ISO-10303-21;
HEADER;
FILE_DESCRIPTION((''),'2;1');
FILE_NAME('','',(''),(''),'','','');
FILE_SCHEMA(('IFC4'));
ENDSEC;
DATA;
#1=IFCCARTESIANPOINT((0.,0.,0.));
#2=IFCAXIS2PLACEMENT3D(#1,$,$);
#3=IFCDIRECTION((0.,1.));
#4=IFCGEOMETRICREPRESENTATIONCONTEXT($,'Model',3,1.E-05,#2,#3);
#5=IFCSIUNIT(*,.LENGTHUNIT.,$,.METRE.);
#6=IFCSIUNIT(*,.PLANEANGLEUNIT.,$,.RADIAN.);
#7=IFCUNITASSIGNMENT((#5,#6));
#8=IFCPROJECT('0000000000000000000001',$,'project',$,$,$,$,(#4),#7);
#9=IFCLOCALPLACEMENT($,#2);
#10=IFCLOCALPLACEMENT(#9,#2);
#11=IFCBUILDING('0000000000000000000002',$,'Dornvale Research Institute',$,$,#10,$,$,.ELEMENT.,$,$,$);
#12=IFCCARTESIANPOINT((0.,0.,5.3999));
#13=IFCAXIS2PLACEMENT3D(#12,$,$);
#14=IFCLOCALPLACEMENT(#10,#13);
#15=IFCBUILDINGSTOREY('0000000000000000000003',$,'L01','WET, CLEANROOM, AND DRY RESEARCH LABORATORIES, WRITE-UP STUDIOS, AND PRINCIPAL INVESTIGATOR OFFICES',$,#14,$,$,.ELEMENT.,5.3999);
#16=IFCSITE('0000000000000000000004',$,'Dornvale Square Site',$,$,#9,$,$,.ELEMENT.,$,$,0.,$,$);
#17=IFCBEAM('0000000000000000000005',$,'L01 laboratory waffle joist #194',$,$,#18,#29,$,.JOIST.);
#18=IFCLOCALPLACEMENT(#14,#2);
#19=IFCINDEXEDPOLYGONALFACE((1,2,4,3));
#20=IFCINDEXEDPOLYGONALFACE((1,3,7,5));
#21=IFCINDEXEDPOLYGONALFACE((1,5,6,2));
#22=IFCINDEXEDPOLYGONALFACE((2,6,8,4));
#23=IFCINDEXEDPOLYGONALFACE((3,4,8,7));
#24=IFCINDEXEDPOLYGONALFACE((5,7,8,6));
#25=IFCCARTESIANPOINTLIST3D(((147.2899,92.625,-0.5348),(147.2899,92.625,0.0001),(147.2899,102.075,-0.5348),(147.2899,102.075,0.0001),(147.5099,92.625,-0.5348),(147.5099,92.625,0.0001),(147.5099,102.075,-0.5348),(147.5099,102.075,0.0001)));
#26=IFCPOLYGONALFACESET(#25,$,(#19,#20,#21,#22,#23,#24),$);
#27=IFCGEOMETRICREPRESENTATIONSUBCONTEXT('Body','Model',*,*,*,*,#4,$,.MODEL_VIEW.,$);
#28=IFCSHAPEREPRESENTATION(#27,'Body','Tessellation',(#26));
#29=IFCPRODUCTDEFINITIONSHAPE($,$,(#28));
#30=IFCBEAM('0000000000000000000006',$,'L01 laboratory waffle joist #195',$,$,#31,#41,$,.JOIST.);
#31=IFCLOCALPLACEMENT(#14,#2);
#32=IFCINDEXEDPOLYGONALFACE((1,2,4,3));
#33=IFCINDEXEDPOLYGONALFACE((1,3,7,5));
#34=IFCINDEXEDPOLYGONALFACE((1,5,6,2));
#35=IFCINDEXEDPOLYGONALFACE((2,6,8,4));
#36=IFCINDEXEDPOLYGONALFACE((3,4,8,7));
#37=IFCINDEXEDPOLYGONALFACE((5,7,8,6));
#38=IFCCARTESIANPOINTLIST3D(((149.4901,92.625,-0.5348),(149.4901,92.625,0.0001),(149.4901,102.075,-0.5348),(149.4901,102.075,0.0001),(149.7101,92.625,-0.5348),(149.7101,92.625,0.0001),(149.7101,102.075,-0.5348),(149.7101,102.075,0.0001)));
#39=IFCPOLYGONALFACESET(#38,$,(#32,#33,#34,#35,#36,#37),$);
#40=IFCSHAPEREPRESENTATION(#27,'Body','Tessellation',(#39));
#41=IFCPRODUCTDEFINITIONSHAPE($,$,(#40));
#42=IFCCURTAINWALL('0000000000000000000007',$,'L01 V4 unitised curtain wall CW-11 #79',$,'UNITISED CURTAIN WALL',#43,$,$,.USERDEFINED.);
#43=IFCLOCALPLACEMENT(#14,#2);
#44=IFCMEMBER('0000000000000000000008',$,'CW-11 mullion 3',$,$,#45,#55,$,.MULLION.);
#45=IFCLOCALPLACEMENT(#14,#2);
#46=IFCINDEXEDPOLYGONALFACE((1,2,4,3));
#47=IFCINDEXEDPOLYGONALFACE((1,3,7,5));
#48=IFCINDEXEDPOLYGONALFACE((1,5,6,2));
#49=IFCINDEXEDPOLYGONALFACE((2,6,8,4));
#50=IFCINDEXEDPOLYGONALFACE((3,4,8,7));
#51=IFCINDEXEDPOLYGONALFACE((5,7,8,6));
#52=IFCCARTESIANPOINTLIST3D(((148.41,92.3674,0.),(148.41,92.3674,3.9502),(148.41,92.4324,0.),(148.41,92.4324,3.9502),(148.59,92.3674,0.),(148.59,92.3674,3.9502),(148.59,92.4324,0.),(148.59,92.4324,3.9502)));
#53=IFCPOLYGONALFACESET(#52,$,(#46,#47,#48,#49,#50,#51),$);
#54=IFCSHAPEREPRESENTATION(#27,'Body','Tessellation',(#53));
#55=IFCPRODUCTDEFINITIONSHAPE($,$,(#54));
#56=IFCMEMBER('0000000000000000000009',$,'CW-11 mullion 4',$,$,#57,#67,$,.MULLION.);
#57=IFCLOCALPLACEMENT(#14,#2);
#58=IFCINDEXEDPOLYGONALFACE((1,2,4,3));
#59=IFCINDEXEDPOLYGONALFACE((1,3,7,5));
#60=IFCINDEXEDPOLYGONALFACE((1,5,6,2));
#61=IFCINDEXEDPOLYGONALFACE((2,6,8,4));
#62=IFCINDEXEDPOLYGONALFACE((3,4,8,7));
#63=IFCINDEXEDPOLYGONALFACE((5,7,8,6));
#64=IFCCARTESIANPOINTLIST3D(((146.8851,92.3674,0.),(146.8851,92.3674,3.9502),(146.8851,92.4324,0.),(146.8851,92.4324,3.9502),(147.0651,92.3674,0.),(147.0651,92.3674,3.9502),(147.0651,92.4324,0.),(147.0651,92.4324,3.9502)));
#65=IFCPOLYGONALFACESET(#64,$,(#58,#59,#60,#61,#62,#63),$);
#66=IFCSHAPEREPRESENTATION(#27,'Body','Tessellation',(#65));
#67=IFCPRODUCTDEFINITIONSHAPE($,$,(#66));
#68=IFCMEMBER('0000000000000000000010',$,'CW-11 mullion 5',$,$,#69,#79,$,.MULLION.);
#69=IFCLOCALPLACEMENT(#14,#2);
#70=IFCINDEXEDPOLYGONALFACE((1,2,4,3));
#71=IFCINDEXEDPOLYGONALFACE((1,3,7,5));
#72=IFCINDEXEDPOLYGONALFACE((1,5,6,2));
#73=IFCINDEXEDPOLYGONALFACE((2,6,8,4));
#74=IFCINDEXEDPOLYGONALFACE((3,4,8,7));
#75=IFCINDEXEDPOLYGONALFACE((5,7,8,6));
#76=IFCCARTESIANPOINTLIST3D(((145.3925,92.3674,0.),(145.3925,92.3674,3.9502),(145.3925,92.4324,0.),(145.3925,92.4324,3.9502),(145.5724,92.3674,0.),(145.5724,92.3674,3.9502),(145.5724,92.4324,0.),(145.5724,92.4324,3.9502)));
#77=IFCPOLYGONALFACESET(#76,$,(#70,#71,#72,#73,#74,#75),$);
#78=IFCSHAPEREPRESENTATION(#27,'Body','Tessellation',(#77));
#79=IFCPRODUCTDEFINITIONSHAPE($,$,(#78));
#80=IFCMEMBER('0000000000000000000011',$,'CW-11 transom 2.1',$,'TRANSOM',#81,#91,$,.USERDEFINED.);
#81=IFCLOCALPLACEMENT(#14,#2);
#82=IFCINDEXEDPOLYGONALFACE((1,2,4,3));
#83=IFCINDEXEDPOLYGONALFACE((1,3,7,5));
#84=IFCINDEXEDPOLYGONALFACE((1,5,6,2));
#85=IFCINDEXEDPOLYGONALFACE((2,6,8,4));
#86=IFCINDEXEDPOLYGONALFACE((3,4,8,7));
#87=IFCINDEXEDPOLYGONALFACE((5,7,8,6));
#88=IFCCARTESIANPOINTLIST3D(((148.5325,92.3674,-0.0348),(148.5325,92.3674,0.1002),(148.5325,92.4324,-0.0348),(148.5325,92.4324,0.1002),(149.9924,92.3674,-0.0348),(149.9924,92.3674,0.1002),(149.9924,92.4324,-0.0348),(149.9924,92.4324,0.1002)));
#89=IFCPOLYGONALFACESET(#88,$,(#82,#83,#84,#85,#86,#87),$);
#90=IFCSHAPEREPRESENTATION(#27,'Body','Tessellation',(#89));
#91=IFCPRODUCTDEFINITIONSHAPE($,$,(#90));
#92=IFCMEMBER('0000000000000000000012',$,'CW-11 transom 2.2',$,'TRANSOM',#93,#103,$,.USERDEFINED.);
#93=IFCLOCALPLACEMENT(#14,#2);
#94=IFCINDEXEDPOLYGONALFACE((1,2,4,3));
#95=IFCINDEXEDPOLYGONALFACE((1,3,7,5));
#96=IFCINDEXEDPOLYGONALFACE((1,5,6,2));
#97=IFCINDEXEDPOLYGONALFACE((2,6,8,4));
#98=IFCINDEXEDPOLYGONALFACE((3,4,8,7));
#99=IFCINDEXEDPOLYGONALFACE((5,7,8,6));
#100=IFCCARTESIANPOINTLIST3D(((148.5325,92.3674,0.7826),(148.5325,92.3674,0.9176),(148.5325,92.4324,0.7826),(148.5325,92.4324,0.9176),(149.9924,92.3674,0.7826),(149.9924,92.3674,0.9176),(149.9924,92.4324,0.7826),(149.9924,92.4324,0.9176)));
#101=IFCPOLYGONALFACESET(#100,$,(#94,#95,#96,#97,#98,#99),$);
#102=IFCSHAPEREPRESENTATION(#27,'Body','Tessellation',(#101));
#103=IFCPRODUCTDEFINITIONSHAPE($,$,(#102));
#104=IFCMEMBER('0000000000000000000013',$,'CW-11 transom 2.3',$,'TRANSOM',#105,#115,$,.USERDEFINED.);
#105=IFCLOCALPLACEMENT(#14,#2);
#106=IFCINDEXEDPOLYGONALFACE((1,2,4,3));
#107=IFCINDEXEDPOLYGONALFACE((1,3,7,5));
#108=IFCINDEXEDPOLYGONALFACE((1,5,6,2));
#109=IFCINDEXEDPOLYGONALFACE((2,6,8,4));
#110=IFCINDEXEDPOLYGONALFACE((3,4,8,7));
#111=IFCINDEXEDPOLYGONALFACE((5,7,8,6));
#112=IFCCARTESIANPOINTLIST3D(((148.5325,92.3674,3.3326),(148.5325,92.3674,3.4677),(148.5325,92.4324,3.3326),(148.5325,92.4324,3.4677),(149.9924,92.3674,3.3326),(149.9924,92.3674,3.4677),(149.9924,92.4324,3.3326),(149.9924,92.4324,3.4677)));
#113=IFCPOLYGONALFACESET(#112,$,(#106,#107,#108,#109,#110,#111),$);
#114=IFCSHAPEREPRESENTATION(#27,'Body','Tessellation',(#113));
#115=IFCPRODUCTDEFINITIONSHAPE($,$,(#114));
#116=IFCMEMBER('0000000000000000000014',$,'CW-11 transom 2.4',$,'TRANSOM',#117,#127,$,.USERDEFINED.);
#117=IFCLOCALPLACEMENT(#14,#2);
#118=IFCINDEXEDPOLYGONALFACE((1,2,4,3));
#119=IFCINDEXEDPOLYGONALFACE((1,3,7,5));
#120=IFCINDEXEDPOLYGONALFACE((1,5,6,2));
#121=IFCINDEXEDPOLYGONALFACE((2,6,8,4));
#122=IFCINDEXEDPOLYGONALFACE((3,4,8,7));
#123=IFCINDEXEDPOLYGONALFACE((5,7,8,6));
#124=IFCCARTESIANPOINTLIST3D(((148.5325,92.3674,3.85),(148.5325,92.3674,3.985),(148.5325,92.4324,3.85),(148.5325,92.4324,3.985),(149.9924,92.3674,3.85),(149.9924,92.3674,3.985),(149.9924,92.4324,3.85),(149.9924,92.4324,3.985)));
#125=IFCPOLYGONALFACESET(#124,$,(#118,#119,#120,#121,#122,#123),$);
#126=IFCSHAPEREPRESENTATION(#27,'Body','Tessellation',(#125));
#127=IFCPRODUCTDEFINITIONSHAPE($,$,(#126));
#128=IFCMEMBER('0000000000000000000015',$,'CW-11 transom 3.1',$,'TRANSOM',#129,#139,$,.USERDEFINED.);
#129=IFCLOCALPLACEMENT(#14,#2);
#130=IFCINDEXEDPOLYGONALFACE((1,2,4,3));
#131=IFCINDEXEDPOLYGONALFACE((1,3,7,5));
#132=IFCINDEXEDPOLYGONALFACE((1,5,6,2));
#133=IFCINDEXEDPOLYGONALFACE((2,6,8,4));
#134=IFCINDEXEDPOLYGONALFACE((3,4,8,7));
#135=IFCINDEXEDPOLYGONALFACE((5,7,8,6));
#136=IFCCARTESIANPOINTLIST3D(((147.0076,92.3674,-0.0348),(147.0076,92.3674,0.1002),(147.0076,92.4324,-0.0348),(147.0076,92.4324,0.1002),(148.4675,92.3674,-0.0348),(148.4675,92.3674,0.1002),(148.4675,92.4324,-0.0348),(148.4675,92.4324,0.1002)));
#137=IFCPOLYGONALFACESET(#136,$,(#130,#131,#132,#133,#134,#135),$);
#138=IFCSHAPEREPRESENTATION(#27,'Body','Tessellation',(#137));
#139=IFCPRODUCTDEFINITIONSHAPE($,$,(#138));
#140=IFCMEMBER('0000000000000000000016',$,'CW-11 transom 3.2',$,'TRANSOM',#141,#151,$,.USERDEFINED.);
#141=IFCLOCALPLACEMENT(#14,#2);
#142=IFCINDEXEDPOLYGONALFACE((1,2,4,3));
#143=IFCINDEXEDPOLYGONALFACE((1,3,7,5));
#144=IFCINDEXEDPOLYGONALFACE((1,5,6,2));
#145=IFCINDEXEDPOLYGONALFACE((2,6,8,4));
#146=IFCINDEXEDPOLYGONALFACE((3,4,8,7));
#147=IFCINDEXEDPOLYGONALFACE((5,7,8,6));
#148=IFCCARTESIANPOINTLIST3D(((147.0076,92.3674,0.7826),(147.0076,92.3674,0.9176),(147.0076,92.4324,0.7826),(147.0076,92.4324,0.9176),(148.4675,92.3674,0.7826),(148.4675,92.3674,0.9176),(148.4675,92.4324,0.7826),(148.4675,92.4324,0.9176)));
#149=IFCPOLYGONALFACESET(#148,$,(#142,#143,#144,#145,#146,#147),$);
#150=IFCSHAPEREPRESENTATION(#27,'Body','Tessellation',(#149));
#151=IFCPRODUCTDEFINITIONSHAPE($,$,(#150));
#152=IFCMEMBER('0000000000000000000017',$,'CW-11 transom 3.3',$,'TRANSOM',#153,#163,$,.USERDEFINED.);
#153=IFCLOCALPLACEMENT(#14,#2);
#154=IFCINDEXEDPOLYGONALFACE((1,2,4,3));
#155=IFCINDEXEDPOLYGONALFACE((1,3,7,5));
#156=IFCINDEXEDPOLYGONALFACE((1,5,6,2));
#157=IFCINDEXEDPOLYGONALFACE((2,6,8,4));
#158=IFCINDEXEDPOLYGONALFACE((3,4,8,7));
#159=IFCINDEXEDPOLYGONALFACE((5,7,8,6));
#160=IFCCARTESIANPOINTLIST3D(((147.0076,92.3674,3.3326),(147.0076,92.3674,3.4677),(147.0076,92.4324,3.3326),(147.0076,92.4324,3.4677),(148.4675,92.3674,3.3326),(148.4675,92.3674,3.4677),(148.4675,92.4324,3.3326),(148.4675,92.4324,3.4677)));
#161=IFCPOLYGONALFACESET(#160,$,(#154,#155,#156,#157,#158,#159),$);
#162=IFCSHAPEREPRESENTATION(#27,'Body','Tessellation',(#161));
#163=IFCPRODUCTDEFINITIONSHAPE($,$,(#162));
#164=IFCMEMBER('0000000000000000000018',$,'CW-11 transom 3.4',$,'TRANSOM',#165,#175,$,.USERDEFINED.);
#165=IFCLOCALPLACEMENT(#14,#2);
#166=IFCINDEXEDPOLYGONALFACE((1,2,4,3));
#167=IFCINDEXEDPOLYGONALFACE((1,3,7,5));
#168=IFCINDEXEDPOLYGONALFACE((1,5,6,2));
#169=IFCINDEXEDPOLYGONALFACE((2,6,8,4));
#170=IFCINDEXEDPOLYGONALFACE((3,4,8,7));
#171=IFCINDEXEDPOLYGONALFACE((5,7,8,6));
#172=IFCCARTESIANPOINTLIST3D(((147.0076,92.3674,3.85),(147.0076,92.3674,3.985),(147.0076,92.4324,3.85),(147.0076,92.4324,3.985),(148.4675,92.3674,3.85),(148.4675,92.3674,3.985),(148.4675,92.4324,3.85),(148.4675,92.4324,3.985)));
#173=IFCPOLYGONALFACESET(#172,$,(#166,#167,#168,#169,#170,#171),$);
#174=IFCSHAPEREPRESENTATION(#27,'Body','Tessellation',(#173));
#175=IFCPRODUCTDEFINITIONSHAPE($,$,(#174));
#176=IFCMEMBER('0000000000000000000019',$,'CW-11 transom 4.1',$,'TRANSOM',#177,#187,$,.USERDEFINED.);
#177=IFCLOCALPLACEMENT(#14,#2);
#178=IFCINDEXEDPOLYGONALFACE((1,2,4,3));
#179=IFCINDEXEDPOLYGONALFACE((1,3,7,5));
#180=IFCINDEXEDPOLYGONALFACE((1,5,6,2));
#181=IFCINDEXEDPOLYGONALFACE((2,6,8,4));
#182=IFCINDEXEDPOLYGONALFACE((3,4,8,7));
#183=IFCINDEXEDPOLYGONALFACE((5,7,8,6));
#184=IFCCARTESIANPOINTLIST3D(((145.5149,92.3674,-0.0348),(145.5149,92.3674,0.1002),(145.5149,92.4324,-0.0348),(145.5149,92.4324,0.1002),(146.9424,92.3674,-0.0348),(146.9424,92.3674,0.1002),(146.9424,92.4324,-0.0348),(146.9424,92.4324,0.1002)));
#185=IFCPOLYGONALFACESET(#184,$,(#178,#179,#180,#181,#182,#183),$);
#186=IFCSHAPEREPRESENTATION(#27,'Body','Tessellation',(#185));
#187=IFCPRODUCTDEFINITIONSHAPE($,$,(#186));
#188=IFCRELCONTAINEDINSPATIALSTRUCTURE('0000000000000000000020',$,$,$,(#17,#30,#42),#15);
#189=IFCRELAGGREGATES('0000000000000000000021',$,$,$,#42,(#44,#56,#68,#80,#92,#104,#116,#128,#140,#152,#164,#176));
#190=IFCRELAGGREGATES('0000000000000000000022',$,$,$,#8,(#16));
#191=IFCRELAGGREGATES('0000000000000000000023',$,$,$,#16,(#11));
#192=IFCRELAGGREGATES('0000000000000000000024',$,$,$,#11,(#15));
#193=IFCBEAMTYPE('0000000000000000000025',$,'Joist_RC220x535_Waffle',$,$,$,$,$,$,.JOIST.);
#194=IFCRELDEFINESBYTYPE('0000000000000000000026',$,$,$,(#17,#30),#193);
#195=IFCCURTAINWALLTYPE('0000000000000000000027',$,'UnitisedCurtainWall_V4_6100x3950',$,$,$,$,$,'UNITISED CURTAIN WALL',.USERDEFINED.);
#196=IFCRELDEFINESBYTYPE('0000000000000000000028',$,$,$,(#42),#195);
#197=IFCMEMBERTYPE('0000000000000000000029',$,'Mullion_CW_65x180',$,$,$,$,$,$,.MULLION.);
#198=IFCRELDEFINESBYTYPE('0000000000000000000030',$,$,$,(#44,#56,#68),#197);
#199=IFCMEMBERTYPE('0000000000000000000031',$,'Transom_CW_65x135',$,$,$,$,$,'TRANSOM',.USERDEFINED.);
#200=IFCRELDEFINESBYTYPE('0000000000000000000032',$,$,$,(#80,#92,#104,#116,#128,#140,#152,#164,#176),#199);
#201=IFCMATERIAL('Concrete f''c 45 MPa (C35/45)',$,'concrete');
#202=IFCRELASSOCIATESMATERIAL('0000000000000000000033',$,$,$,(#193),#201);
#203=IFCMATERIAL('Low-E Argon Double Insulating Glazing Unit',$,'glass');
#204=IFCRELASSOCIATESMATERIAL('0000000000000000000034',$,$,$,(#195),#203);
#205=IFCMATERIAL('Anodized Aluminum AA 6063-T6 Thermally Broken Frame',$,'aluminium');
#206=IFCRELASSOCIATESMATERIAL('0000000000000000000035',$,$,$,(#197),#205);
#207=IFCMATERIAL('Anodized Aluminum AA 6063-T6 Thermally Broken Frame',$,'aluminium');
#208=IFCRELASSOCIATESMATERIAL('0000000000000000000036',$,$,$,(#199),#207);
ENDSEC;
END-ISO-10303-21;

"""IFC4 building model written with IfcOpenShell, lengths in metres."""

from ifc_helpers import new_model, si_unit, direction, frame, origin, origin_2d, place, context, subcontext, project, spatial, rectangle, extrude, material, material_profile, profile_set, type_object, element, aggregate, save


model = new_model("IFC4")

# Units and contexts
model_context = context("Model", 3, precision=1e-05, world=origin(), true_north=direction((0.0, 1.0)))
body_context = subcontext(model_context, "Body", "Model", "MODEL_VIEW")
ifc_project = project(units=[si_unit("LENGTHUNIT", "METRE"), si_unit("PLANEANGLEUNIT", "RADIAN")], contexts=[model_context])

# Site, building, storey
site_placement = place(None, origin())
site = spatial("IfcSite", under=ifc_project, at=site_placement, Name="Dornvale Square Site", CompositionType="ELEMENT", RefElevation=0.0)
building_placement = place(site_placement, origin())
building = spatial("IfcBuilding", under=site, at=building_placement, Name="Dornvale Research Institute", CompositionType="ELEMENT")
storey_placement = place(building_placement, frame((0.0, 0.0, 5.3999)))
storey = spatial("IfcBuildingStorey", under=building, at=storey_placement, Name="L01", Description="WET, CLEANROOM, AND DRY RESEARCH LABORATORIES, WRITE-UP STUDIOS, AND PRINCIPAL INVESTIGATOR OFFICES", CompositionType="ELEMENT", Elevation=5.3999)

# Beams
ifc_material_1 = material(Name="Concrete f'c 45 MPa (C35/45)", Category="concrete")
ifc_material_profile_1 = material_profile(ifc_material_1, rectangle(XDim=0.22, YDim=0.5349, at=origin_2d()), Name="RC 220x535")
ifc_profile_set_1 = profile_set([ifc_material_profile_1], Name="Concrete f'c 45 MPa (C35/45)")
beam_type = type_object("IfcBeamType", Name="Joist_RC220x535_Waffle", PredefinedType="JOIST", material=ifc_profile_set_1)
for number, where, z_axis, x_axis, name in (
    (1, (147.3999, 92.625, -0.2673), (0.0, 1.0, 0.0), (-1.0, 0.0, 0.0), "L01 laboratory waffle joist #194"),
    (2, (149.6001, 92.625, -0.2673), (0.0, 1.0, 0.0), (-1.0, 0.0, 0.0), "L01 laboratory waffle joist #195"),
):
    element("IfcBeam", number, at=place(storey_placement, frame(where, z_axis=z_axis, x_axis=x_axis)), inside=storey, type_object=beam_type, Name=name, PredefinedType="JOIST", context=body_context, shape_type="SweptSolid", body=[
        extrude(rectangle(XDim=0.22, YDim=0.5349, at=origin_2d()), origin(), (0.0, 0.0, 1.0), 9.45),
    ])

# Curtain wall, members
ifc_material_2 = material(Name="Low-E Argon Double Insulating Glazing Unit", Category="glass")
curtain_wall_type = type_object("IfcCurtainWallType", Name="UnitisedCurtainWall_V4_6100x3950", ElementType="UNITISED CURTAIN WALL", PredefinedType="USERDEFINED", material=ifc_material_2)
curtain_wall_placement = place(storey_placement, origin())
curtain_wall = element("IfcCurtainWall", 3, at=curtain_wall_placement, inside=storey, type_object=curtain_wall_type, Name="L01 V4 unitised curtain wall CW-11 #79", ObjectType="UNITISED CURTAIN WALL", PredefinedType="USERDEFINED")
ifc_material_3 = material(Name="Anodized Aluminum AA 6063-T6 Thermally Broken Frame", Category="aluminium")
ifc_material_profile_2 = material_profile(ifc_material_3, rectangle(XDim=0.0649, YDim=0.1799, at=origin_2d()), Name="ALU MULLION 65x180")
ifc_profile_set_2 = profile_set([ifc_material_profile_2], Name="Anodized Aluminum AA 6063-T6 Thermally Broken Frame")
member_type_1 = type_object("IfcMemberType", Name="Mullion_CW_65x180", PredefinedType="MULLION", material=ifc_profile_set_2)
member_1_placement = place(storey_placement, frame((148.5, 92.3999, 0.0), z_axis=(0.0, 0.0, 1.0), x_axis=(0.0, -1.0, 0.0)))
member_1 = element("IfcMember", 4, at=member_1_placement, type_object=member_type_1, Name="CW-11 mullion 3", PredefinedType="MULLION", context=body_context, shape_type="SweptSolid", body=[
    extrude(rectangle(XDim=0.0649, YDim=0.1799, at=origin_2d()), origin(), (0.0, 0.0, 1.0), 3.9502),
])
member_2_placement = place(storey_placement, frame((146.9751, 92.3999, 0.0), z_axis=(0.0, 0.0, 1.0), x_axis=(0.0, -1.0, 0.0)))
member_2 = element("IfcMember", 5, at=member_2_placement, type_object=member_type_1, Name="CW-11 mullion 4", PredefinedType="MULLION", context=body_context, shape_type="SweptSolid", body=[
    extrude(rectangle(XDim=0.0649, YDim=0.1799, at=origin_2d()), origin(), (0.0, 0.0, 1.0), 3.9502),
])
member_3_placement = place(storey_placement, frame((145.4824, 92.3999, 0.0), z_axis=(0.0, 0.0, 1.0), x_axis=(0.0, -1.0, 0.0)))
member_3 = element("IfcMember", 6, at=member_3_placement, type_object=member_type_1, Name="CW-11 mullion 5", PredefinedType="MULLION", context=body_context, shape_type="SweptSolid", body=[
    extrude(rectangle(XDim=0.0649, YDim=0.1799, at=origin_2d()), origin(), (0.0, 0.0, 1.0), 3.9502),
])
ifc_material_4 = material(Name="Anodized Aluminum AA 6063-T6 Thermally Broken Frame", Category="aluminium")
ifc_material_profile_3 = material_profile(ifc_material_4, rectangle(XDim=0.0649, YDim=0.135, at=origin_2d()), Name="ALU TRANSOM 65x135")
ifc_profile_set_3 = profile_set([ifc_material_profile_3], Name="Anodized Aluminum AA 6063-T6 Thermally Broken Frame")
member_type_2 = type_object("IfcMemberType", Name="Transom_CW_65x135", ElementType="TRANSOM", PredefinedType="USERDEFINED", material=ifc_profile_set_3)
member_4_placement = place(storey_placement, frame((149.9924, 92.3999, 0.0327), z_axis=(-1.0, 0.0, 0.0), x_axis=(0.0, -1.0, 0.0)))
member_4 = element("IfcMember", 7, at=member_4_placement, type_object=member_type_2, Name="CW-11 transom 2.1", ObjectType="TRANSOM", PredefinedType="USERDEFINED", context=body_context, shape_type="SweptSolid", body=[
    extrude(rectangle(XDim=0.0649, YDim=0.135, at=origin_2d()), origin(), (0.0, 0.0, 1.0), 1.46),
])
member_5_placement = place(storey_placement, frame((149.9924, 92.3999, 0.8501), z_axis=(-1.0, 0.0, 0.0), x_axis=(0.0, -1.0, 0.0)))
member_5 = element("IfcMember", 8, at=member_5_placement, type_object=member_type_2, Name="CW-11 transom 2.2", ObjectType="TRANSOM", PredefinedType="USERDEFINED", context=body_context, shape_type="SweptSolid", body=[
    extrude(rectangle(XDim=0.0649, YDim=0.135, at=origin_2d()), origin(), (0.0, 0.0, 1.0), 1.46),
])
member_6_placement = place(storey_placement, frame((149.9924, 92.3999, 3.4001), z_axis=(-1.0, 0.0, 0.0), x_axis=(0.0, -1.0, 0.0)))
member_6 = element("IfcMember", 9, at=member_6_placement, type_object=member_type_2, Name="CW-11 transom 2.3", ObjectType="TRANSOM", PredefinedType="USERDEFINED", context=body_context, shape_type="SweptSolid", body=[
    extrude(rectangle(XDim=0.0649, YDim=0.135, at=origin_2d()), origin(), (0.0, 0.0, 1.0), 1.46),
])
member_7_placement = place(storey_placement, frame((149.9924, 92.3999, 3.9175), z_axis=(-1.0, 0.0, 0.0), x_axis=(0.0, -1.0, 0.0)))
member_7 = element("IfcMember", 10, at=member_7_placement, type_object=member_type_2, Name="CW-11 transom 2.4", ObjectType="TRANSOM", PredefinedType="USERDEFINED", context=body_context, shape_type="SweptSolid", body=[
    extrude(rectangle(XDim=0.0649, YDim=0.135, at=origin_2d()), origin(), (0.0, 0.0, 1.0), 1.46),
])
member_8_placement = place(storey_placement, frame((148.4675, 92.3999, 0.0327), z_axis=(-1.0, 0.0, 0.0), x_axis=(0.0, -1.0, 0.0)))
member_8 = element("IfcMember", 11, at=member_8_placement, type_object=member_type_2, Name="CW-11 transom 3.1", ObjectType="TRANSOM", PredefinedType="USERDEFINED", context=body_context, shape_type="SweptSolid", body=[
    extrude(rectangle(XDim=0.0649, YDim=0.135, at=origin_2d()), origin(), (0.0, 0.0, 1.0), 1.46),
])
member_9_placement = place(storey_placement, frame((148.4675, 92.3999, 0.8501), z_axis=(-1.0, 0.0, 0.0), x_axis=(0.0, -1.0, 0.0)))
member_9 = element("IfcMember", 12, at=member_9_placement, type_object=member_type_2, Name="CW-11 transom 3.2", ObjectType="TRANSOM", PredefinedType="USERDEFINED", context=body_context, shape_type="SweptSolid", body=[
    extrude(rectangle(XDim=0.0649, YDim=0.135, at=origin_2d()), origin(), (0.0, 0.0, 1.0), 1.46),
])
member_10_placement = place(storey_placement, frame((148.4675, 92.3999, 3.4001), z_axis=(-1.0, 0.0, 0.0), x_axis=(0.0, -1.0, 0.0)))
member_10 = element("IfcMember", 13, at=member_10_placement, type_object=member_type_2, Name="CW-11 transom 3.3", ObjectType="TRANSOM", PredefinedType="USERDEFINED", context=body_context, shape_type="SweptSolid", body=[
    extrude(rectangle(XDim=0.0649, YDim=0.135, at=origin_2d()), origin(), (0.0, 0.0, 1.0), 1.46),
])
member_11_placement = place(storey_placement, frame((148.4675, 92.3999, 3.9175), z_axis=(-1.0, 0.0, 0.0), x_axis=(0.0, -1.0, 0.0)))
member_11 = element("IfcMember", 14, at=member_11_placement, type_object=member_type_2, Name="CW-11 transom 3.4", ObjectType="TRANSOM", PredefinedType="USERDEFINED", context=body_context, shape_type="SweptSolid", body=[
    extrude(rectangle(XDim=0.0649, YDim=0.135, at=origin_2d()), origin(), (0.0, 0.0, 1.0), 1.46),
])
member_12_placement = place(storey_placement, frame((146.9424, 92.3999, 0.0327), z_axis=(-1.0, 0.0, 0.0), x_axis=(0.0, -1.0, 0.0)))
member_12 = element("IfcMember", 15, at=member_12_placement, type_object=member_type_2, Name="CW-11 transom 4.1", ObjectType="TRANSOM", PredefinedType="USERDEFINED", context=body_context, shape_type="SweptSolid", body=[
    extrude(rectangle(XDim=0.0649, YDim=0.135, at=origin_2d()), origin(), (0.0, 0.0, 1.0), 1.4275),
])
aggregate(curtain_wall, [member_1, member_2, member_3, member_4, member_5, member_6, member_7, member_8, member_9, member_10, member_11, member_12])

save(model, "model.ifc")
